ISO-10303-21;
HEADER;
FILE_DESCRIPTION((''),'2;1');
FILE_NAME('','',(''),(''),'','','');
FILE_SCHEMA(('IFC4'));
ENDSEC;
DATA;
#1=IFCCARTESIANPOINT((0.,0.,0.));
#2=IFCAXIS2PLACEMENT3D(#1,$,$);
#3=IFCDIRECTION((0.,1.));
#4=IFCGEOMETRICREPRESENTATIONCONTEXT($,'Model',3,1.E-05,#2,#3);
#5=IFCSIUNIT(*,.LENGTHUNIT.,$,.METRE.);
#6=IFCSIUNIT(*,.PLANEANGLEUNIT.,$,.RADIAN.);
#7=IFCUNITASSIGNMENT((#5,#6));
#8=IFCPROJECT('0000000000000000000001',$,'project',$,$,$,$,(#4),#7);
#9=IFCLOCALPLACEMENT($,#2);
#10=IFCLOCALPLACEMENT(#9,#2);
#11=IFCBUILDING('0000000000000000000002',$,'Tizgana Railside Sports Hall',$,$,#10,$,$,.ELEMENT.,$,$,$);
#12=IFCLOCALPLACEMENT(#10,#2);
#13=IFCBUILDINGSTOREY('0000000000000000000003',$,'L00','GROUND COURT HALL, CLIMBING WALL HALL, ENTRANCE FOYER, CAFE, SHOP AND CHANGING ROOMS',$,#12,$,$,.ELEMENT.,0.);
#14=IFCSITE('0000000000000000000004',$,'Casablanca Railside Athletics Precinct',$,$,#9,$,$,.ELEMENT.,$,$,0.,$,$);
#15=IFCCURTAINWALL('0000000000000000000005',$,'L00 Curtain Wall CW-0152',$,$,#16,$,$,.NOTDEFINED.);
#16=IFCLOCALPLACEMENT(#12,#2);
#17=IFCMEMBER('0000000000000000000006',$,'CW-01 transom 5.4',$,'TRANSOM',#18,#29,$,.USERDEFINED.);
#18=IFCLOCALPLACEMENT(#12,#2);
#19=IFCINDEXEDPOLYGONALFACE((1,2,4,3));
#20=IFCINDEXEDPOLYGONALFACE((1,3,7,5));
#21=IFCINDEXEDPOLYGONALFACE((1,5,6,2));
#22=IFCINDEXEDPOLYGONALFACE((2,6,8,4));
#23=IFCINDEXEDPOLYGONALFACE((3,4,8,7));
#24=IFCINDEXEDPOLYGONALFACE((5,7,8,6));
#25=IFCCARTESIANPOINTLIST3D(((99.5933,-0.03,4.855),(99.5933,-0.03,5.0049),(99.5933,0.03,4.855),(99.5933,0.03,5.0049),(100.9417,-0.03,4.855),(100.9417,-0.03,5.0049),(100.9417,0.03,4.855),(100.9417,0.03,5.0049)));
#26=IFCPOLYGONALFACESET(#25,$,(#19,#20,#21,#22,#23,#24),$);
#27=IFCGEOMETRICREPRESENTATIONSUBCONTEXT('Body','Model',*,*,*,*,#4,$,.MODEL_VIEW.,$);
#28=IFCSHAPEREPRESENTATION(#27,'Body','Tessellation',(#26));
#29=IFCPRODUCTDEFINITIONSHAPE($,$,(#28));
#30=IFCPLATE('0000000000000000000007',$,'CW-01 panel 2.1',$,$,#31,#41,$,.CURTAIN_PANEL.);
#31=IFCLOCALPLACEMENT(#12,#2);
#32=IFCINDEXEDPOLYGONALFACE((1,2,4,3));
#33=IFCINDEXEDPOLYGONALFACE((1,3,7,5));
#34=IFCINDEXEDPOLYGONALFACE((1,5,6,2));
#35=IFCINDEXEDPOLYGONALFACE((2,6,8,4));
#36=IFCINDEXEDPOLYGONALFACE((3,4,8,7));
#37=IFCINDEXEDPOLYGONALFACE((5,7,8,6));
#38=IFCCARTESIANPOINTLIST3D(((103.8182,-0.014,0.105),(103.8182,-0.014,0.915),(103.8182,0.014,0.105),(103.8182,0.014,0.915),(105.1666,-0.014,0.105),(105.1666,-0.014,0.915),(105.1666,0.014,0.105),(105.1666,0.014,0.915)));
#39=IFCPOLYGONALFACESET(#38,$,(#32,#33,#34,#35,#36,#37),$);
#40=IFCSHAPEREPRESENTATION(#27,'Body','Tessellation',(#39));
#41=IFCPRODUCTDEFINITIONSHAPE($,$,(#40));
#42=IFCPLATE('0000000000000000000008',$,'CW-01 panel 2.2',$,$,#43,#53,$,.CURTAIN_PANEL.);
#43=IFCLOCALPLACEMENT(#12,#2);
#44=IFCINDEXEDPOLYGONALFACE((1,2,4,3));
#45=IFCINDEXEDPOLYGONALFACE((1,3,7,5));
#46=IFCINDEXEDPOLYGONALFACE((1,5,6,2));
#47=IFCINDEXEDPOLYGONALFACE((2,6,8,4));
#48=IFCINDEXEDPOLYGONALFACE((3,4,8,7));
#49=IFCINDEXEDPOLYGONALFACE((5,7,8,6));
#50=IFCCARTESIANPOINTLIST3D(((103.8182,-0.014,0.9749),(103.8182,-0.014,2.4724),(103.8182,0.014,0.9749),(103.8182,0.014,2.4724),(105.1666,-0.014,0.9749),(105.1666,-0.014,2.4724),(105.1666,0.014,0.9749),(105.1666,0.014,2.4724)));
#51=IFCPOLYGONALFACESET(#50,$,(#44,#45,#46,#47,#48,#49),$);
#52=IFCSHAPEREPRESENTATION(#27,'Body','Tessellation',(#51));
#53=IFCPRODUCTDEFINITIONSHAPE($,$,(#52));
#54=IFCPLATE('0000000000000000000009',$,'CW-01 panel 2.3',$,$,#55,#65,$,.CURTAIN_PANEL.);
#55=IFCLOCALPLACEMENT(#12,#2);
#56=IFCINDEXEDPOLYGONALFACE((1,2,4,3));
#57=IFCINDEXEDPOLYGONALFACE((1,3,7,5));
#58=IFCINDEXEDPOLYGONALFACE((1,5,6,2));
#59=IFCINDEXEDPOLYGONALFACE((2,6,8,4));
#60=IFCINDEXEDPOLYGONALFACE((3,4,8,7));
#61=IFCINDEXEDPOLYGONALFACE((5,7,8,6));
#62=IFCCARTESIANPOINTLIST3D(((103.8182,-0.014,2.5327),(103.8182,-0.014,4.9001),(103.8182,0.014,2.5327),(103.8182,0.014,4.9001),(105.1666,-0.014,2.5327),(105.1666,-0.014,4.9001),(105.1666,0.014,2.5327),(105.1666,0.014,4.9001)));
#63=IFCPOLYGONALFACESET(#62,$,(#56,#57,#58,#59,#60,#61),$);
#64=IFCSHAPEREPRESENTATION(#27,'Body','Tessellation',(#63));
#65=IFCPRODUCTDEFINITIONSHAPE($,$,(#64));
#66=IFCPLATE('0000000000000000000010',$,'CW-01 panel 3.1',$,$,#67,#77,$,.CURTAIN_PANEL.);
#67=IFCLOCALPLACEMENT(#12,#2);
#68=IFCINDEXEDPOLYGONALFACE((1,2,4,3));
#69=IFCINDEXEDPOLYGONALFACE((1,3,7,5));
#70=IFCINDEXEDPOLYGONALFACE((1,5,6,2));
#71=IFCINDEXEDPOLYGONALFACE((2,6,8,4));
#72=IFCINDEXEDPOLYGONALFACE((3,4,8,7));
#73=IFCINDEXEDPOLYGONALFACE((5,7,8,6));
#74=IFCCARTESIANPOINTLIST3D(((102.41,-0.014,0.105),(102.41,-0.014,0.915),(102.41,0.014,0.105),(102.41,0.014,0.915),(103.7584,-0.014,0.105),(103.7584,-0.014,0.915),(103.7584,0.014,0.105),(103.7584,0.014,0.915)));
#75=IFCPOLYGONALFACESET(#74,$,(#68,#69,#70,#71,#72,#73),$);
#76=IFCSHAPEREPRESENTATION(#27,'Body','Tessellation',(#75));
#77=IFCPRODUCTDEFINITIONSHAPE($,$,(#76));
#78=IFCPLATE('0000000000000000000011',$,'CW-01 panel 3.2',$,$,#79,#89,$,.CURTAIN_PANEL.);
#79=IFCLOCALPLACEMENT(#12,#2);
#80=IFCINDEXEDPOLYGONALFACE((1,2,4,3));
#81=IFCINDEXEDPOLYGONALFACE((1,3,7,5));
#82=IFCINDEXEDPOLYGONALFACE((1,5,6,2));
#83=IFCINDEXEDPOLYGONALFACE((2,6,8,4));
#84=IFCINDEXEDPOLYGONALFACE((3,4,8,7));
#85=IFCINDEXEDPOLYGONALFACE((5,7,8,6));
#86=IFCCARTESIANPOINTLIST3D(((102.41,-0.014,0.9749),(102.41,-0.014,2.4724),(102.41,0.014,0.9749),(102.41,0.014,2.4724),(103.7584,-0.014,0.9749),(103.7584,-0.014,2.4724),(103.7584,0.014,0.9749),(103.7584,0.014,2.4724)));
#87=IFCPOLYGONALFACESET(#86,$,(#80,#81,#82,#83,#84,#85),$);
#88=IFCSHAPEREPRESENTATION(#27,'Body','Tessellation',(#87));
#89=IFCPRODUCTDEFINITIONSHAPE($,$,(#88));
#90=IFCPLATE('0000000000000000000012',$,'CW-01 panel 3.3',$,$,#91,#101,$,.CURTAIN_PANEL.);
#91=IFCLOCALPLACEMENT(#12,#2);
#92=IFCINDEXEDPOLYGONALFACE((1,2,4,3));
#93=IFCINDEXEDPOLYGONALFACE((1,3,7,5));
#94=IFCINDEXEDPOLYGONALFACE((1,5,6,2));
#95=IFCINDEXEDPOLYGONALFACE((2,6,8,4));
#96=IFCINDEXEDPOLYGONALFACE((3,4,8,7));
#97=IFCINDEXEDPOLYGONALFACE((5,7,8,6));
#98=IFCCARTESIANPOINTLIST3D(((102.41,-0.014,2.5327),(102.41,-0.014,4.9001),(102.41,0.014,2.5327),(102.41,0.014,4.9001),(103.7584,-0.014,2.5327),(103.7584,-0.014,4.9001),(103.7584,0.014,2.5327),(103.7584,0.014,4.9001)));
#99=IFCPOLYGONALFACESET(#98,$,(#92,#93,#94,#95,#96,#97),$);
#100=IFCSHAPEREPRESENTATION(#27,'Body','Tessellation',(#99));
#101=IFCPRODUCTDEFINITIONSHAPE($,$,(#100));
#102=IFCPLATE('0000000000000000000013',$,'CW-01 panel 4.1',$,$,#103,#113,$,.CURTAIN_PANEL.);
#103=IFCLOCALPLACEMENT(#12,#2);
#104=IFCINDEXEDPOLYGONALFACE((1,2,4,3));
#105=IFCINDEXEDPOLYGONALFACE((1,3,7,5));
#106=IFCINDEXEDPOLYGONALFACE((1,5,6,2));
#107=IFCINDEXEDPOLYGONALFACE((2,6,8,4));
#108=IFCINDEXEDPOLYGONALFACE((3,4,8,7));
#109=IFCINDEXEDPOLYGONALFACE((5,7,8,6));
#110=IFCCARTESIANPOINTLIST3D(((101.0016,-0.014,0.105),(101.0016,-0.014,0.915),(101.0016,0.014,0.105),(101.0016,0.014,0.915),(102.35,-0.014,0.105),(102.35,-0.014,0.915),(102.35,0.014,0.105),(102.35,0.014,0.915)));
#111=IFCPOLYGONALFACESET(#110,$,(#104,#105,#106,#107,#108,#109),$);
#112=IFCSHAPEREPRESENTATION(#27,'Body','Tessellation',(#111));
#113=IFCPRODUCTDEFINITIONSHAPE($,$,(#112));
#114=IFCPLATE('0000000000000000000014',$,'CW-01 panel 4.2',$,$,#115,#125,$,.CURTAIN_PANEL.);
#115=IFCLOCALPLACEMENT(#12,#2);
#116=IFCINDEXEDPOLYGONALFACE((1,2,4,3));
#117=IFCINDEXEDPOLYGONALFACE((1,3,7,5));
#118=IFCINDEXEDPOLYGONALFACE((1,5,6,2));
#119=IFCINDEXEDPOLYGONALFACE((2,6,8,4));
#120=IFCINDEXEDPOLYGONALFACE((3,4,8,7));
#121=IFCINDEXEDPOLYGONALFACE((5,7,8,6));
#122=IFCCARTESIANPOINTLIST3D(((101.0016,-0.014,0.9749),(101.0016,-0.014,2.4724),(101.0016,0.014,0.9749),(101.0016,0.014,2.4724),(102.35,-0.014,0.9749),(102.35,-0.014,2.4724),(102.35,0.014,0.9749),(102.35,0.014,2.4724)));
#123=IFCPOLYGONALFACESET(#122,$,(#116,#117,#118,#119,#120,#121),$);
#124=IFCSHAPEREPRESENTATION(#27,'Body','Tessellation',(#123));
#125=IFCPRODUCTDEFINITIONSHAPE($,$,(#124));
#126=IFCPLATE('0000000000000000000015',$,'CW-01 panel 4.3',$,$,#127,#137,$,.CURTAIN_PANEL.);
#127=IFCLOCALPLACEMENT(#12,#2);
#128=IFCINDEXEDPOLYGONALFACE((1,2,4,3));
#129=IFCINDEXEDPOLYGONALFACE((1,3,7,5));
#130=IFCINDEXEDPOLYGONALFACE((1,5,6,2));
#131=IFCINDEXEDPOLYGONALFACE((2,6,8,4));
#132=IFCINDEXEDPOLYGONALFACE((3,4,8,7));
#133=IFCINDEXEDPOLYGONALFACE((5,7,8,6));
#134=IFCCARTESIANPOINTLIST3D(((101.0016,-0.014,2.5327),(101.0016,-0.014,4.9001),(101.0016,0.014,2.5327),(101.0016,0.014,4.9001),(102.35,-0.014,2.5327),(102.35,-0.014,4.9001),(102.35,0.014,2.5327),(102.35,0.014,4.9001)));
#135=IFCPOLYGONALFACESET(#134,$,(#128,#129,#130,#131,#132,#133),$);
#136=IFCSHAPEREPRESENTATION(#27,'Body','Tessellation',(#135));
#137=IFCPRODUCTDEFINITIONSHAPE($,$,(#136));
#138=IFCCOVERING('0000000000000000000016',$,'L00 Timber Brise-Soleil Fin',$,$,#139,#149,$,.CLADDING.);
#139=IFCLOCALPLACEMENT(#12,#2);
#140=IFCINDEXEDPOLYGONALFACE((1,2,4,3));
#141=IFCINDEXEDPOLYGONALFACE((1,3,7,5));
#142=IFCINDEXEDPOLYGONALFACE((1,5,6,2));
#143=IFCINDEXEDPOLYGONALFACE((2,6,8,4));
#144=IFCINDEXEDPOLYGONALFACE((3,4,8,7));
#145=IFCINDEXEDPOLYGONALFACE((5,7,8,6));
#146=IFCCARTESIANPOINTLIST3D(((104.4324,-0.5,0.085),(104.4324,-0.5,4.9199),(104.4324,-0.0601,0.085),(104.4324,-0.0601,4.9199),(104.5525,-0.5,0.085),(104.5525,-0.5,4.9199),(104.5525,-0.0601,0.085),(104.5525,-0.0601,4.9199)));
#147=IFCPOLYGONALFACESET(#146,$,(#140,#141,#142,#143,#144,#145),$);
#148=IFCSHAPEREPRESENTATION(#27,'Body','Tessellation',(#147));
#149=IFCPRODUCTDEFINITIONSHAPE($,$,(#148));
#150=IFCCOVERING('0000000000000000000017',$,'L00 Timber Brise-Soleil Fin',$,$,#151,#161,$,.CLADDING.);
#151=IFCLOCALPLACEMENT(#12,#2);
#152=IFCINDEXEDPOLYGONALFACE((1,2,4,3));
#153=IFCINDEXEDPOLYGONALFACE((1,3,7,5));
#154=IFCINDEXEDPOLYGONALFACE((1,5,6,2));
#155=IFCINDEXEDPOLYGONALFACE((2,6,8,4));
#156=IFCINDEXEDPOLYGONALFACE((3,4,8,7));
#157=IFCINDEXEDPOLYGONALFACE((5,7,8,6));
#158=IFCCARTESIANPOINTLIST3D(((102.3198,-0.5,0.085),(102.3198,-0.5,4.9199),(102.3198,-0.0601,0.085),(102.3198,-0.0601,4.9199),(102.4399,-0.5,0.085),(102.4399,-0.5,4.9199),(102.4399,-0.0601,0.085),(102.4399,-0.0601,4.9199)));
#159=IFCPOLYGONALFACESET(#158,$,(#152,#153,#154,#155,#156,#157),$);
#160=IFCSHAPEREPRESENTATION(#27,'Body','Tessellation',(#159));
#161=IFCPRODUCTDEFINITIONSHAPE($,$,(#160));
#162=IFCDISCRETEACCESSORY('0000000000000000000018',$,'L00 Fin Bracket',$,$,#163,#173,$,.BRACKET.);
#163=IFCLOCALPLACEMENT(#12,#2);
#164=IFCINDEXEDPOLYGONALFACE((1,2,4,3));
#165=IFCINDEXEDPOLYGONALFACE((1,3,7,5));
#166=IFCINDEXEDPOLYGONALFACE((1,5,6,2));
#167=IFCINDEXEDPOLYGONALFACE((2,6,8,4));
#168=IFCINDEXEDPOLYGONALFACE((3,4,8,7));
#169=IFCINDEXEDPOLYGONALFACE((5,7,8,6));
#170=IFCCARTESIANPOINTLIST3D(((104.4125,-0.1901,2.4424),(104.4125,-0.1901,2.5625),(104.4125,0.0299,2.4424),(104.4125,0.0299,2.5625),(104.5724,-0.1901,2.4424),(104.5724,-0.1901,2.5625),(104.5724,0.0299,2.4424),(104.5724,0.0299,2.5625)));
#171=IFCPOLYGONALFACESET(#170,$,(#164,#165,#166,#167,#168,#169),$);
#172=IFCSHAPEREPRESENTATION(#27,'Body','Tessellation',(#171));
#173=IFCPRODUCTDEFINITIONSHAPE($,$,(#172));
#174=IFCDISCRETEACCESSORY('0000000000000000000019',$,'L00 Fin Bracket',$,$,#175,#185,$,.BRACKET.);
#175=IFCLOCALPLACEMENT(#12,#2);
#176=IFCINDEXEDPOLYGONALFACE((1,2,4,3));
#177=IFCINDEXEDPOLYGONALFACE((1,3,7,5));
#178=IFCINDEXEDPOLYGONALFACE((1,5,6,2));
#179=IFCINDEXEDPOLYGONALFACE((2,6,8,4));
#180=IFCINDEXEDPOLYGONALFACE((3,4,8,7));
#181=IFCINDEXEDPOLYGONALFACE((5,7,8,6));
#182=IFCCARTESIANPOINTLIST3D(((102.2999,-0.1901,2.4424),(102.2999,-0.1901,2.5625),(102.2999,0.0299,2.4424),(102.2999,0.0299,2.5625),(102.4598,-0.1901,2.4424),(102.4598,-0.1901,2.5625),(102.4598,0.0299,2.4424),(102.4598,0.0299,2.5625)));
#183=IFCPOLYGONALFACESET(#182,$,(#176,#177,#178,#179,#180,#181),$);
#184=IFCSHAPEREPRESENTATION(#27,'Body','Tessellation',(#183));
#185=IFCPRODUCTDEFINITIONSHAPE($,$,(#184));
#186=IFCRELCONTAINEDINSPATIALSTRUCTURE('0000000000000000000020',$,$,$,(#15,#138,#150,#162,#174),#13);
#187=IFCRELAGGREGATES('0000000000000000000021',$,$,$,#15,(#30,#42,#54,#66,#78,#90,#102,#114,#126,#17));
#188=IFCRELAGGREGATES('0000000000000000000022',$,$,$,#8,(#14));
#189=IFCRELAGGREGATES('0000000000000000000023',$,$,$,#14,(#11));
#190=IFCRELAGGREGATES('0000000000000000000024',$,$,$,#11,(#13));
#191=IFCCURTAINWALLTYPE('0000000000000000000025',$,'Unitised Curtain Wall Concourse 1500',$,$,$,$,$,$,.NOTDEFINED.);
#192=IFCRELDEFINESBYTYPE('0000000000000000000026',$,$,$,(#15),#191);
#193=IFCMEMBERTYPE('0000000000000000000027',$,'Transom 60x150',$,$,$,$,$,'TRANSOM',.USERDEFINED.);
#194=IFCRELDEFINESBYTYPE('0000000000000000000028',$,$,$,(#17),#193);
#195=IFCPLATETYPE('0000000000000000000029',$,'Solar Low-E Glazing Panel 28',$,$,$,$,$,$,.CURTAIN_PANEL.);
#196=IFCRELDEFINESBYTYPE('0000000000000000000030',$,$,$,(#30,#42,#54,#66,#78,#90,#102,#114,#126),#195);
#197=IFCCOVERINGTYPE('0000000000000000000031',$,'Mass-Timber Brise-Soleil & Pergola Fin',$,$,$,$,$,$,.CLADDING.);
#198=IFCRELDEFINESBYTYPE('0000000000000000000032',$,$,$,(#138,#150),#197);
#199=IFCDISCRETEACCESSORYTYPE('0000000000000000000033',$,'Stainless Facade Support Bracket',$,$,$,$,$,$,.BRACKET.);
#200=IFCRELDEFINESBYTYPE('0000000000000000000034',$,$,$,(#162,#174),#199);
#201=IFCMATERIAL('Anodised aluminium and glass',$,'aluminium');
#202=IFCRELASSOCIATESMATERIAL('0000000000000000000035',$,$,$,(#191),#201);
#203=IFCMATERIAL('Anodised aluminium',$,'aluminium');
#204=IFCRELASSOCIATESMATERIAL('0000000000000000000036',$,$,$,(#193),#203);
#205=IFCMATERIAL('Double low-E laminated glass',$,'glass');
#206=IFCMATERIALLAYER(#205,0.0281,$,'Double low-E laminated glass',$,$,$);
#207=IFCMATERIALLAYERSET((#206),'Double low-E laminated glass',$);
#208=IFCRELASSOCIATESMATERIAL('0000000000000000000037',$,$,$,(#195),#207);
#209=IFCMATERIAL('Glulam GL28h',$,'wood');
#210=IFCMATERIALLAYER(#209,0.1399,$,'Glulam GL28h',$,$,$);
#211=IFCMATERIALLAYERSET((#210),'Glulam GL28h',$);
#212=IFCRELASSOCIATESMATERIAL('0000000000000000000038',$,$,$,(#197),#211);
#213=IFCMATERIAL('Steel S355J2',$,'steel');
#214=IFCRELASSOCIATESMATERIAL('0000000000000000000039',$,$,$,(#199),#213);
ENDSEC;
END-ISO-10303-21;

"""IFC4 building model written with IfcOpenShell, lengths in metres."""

from ifc_helpers import new_model, si_unit, direction, frame, origin, origin_2d, place, context, subcontext, project, spatial, rectangle, extrude, material, layer, layer_set, material_profile, profile_set, type_object, element, aggregate, save


model = new_model("IFC4")

# Units and contexts
model_context = context("Model", 3, precision=1e-05, world=origin(), true_north=direction((0.0, 1.0)))
body_context = subcontext(model_context, "Body", "Model", "MODEL_VIEW")
ifc_project = project(units=[si_unit("LENGTHUNIT", "METRE"), si_unit("PLANEANGLEUNIT", "RADIAN")], contexts=[model_context])

# Site, building, storey
site_placement = place(None, origin())
site = spatial("IfcSite", under=ifc_project, at=site_placement, Name="Casablanca Railside Athletics Precinct", CompositionType="ELEMENT", RefElevation=0.0)
building_placement = place(site_placement, origin())
building = spatial("IfcBuilding", under=site, at=building_placement, Name="Tizgana Railside Sports Hall", CompositionType="ELEMENT")
storey_placement = place(building_placement, origin())
storey = spatial("IfcBuildingStorey", under=building, at=storey_placement, Name="L00", Description="GROUND COURT HALL, CLIMBING WALL HALL, ENTRANCE FOYER, CAFE, SHOP AND CHANGING ROOMS", CompositionType="ELEMENT", Elevation=0.0)

# Curtain wall, member, plates
ifc_material_1 = material(Name="Anodised aluminium and glass", Category="aluminium")
curtain_wall_type = type_object("IfcCurtainWallType", Name="Unitised Curtain Wall Concourse 1500", PredefinedType="NOTDEFINED", material=ifc_material_1)
curtain_wall_placement = place(storey_placement, origin())
curtain_wall = element("IfcCurtainWall", 1, at=curtain_wall_placement, inside=storey, type_object=curtain_wall_type, Name="L00 Curtain Wall CW-0152", PredefinedType="NOTDEFINED")
ifc_material_2 = material(Name="Anodised aluminium", Category="aluminium")
ifc_material_profile_1 = material_profile(ifc_material_2, rectangle(XDim=0.0601, YDim=0.1499, at=origin_2d()), Name="Transom 60x150")
ifc_profile_set_1 = profile_set([ifc_material_profile_1], Name="Anodised aluminium")
member_type_1 = type_object("IfcMemberType", Name="Transom 60x150", ElementType="TRANSOM", PredefinedType="USERDEFINED", material=ifc_profile_set_1)
member_1_placement = place(storey_placement, frame((100.9417, 0.0, 4.9299), z_axis=(-1.0, 0.0, 0.0), x_axis=(0.0, -1.0, 0.0)))
member_1 = element("IfcMember", 2, at=member_1_placement, type_object=member_type_1, Name="CW-01 transom 5.4", ObjectType="TRANSOM", PredefinedType="USERDEFINED", context=body_context, shape_type="SweptSolid", body=[
    extrude(rectangle(XDim=0.0601, YDim=0.1499, at=origin_2d()), origin(), (0.0, 0.0, 1.0), 1.3484),
])
ifc_material_3 = material(Name="Double low-E laminated glass", Category="glass")
ifc_layer_1 = layer(ifc_material_3, 0.0281, Name="Double low-E laminated glass")
ifc_layer_set_1 = layer_set([ifc_layer_1], Name="Double low-E laminated glass")
plate_type = type_object("IfcPlateType", Name="Solar Low-E Glazing Panel 28", PredefinedType="CURTAIN_PANEL", material=ifc_layer_set_1)
plate_1_placement = place(storey_placement, frame((104.4924, 0.0, 0.105), z_axis=(0.0, 0.0, 1.0), x_axis=(-1.0, 0.0, 0.0)))
plate_1 = element("IfcPlate", 3, at=plate_1_placement, type_object=plate_type, Name="CW-01 panel 2.1", PredefinedType="CURTAIN_PANEL", context=body_context, shape_type="SweptSolid", body=[
    extrude(rectangle(XDim=1.3484, YDim=0.0281, at=origin_2d()), origin(), (0.0, 0.0, 1.0), 0.8101),
])
plate_2_placement = place(storey_placement, frame((104.4924, 0.0, 0.9749), z_axis=(0.0, 0.0, 1.0), x_axis=(-1.0, 0.0, 0.0)))
plate_2 = element("IfcPlate", 4, at=plate_2_placement, type_object=plate_type, Name="CW-01 panel 2.2", PredefinedType="CURTAIN_PANEL", context=body_context, shape_type="SweptSolid", body=[
    extrude(rectangle(XDim=1.3484, YDim=0.0281, at=origin_2d()), origin(), (0.0, 0.0, 1.0), 1.4976),
])
plate_3_placement = place(storey_placement, frame((104.4924, 0.0, 2.5327), z_axis=(0.0, 0.0, 1.0), x_axis=(-1.0, 0.0, 0.0)))
plate_3 = element("IfcPlate", 5, at=plate_3_placement, type_object=plate_type, Name="CW-01 panel 2.3", PredefinedType="CURTAIN_PANEL", context=body_context, shape_type="SweptSolid", body=[
    extrude(rectangle(XDim=1.3484, YDim=0.0281, at=origin_2d()), origin(), (0.0, 0.0, 1.0), 2.3674),
])
plate_4_placement = place(storey_placement, frame((103.0842, 0.0, 0.105), z_axis=(0.0, 0.0, 1.0), x_axis=(-1.0, 0.0, 0.0)))
plate_4 = element("IfcPlate", 6, at=plate_4_placement, type_object=plate_type, Name="CW-01 panel 3.1", PredefinedType="CURTAIN_PANEL", context=body_context, shape_type="SweptSolid", body=[
    extrude(rectangle(XDim=1.3484, YDim=0.0281, at=origin_2d()), origin(), (0.0, 0.0, 1.0), 0.8101),
])
plate_5_placement = place(storey_placement, frame((103.0842, 0.0, 0.9749), z_axis=(0.0, 0.0, 1.0), x_axis=(-1.0, 0.0, 0.0)))
plate_5 = element("IfcPlate", 7, at=plate_5_placement, type_object=plate_type, Name="CW-01 panel 3.2", PredefinedType="CURTAIN_PANEL", context=body_context, shape_type="SweptSolid", body=[
    extrude(rectangle(XDim=1.3484, YDim=0.0281, at=origin_2d()), origin(), (0.0, 0.0, 1.0), 1.4976),
])
plate_6_placement = place(storey_placement, frame((103.0842, 0.0, 2.5327), z_axis=(0.0, 0.0, 1.0), x_axis=(-1.0, 0.0, 0.0)))
plate_6 = element("IfcPlate", 8, at=plate_6_placement, type_object=plate_type, Name="CW-01 panel 3.3", PredefinedType="CURTAIN_PANEL", context=body_context, shape_type="SweptSolid", body=[
    extrude(rectangle(XDim=1.3484, YDim=0.0281, at=origin_2d()), origin(), (0.0, 0.0, 1.0), 2.3674),
])
plate_7_placement = place(storey_placement, frame((101.6758, 0.0, 0.105), z_axis=(0.0, 0.0, 1.0), x_axis=(-1.0, 0.0, 0.0)))
plate_7 = element("IfcPlate", 9, at=plate_7_placement, type_object=plate_type, Name="CW-01 panel 4.1", PredefinedType="CURTAIN_PANEL", context=body_context, shape_type="SweptSolid", body=[
    extrude(rectangle(XDim=1.3484, YDim=0.0281, at=origin_2d()), origin(), (0.0, 0.0, 1.0), 0.8101),
])
plate_8_placement = place(storey_placement, frame((101.6758, 0.0, 0.9749), z_axis=(0.0, 0.0, 1.0), x_axis=(-1.0, 0.0, 0.0)))
plate_8 = element("IfcPlate", 10, at=plate_8_placement, type_object=plate_type, Name="CW-01 panel 4.2", PredefinedType="CURTAIN_PANEL", context=body_context, shape_type="SweptSolid", body=[
    extrude(rectangle(XDim=1.3484, YDim=0.0281, at=origin_2d()), origin(), (0.0, 0.0, 1.0), 1.4976),
])
plate_9_placement = place(storey_placement, frame((101.6758, 0.0, 2.5327), z_axis=(0.0, 0.0, 1.0), x_axis=(-1.0, 0.0, 0.0)))
plate_9 = element("IfcPlate", 11, at=plate_9_placement, type_object=plate_type, Name="CW-01 panel 4.3", PredefinedType="CURTAIN_PANEL", context=body_context, shape_type="SweptSolid", body=[
    extrude(rectangle(XDim=1.3484, YDim=0.0281, at=origin_2d()), origin(), (0.0, 0.0, 1.0), 2.3674),
])
aggregate(curtain_wall, [plate_1, plate_2, plate_3, plate_4, plate_5, plate_6, plate_7, plate_8, plate_9, member_1])

# Coverings
ifc_material_4 = material(Name="Glulam GL28h", Category="wood")
ifc_layer_2 = layer(ifc_material_4, 0.1399, Name="Glulam GL28h")
ifc_layer_set_2 = layer_set([ifc_layer_2], Name="Glulam GL28h")
covering_type = type_object("IfcCoveringType", Name="Mass-Timber Brise-Soleil & Pergola Fin", PredefinedType="CLADDING", material=ifc_layer_set_2)
for number, where, z_axis, x_axis, name in (
    (12, (104.4924, -0.28, 0.085), (0.0, 0.0, 1.0), (-1.0, 0.0, 0.0), "L00 Timber Brise-Soleil Fin"),
    (13, (102.3799, -0.28, 0.085), (0.0, 0.0, 1.0), (-1.0, 0.0, 0.0), "L00 Timber Brise-Soleil Fin"),
):
    element("IfcCovering", number, at=place(storey_placement, frame(where, z_axis=z_axis, x_axis=x_axis)), inside=storey, type_object=covering_type, Name=name, PredefinedType="CLADDING", context=body_context, shape_type="SweptSolid", body=[
        extrude(rectangle(XDim=0.1201, YDim=0.4399, at=origin_2d()), origin(), (0.0, 0.0, 1.0), 4.835),
    ])

# Discrete accessories
ifc_material_5 = material(Name="Steel S355J2", Category="steel")
discrete_accessory_type = type_object("IfcDiscreteAccessoryType", Name="Stainless Facade Support Bracket", PredefinedType="BRACKET", material=ifc_material_5)
for number, where, z_axis, x_axis, name in (
    (14, (104.4924, -0.0801, 2.4424), (0.0, 0.0, 1.0), (-1.0, 0.0, 0.0), "L00 Fin Bracket"),
    (15, (102.3799, -0.0801, 2.4424), (0.0, 0.0, 1.0), (-1.0, 0.0, 0.0), "L00 Fin Bracket"),
):
    element("IfcDiscreteAccessory", number, at=place(storey_placement, frame(where, z_axis=z_axis, x_axis=x_axis)), inside=storey, type_object=discrete_accessory_type, Name=name, PredefinedType="BRACKET", context=body_context, shape_type="SweptSolid", body=[
        extrude(rectangle(XDim=0.1599, YDim=0.22, at=origin_2d()), origin(), (0.0, 0.0, 1.0), 0.1201),
    ])

save(model, "model.ifc")
